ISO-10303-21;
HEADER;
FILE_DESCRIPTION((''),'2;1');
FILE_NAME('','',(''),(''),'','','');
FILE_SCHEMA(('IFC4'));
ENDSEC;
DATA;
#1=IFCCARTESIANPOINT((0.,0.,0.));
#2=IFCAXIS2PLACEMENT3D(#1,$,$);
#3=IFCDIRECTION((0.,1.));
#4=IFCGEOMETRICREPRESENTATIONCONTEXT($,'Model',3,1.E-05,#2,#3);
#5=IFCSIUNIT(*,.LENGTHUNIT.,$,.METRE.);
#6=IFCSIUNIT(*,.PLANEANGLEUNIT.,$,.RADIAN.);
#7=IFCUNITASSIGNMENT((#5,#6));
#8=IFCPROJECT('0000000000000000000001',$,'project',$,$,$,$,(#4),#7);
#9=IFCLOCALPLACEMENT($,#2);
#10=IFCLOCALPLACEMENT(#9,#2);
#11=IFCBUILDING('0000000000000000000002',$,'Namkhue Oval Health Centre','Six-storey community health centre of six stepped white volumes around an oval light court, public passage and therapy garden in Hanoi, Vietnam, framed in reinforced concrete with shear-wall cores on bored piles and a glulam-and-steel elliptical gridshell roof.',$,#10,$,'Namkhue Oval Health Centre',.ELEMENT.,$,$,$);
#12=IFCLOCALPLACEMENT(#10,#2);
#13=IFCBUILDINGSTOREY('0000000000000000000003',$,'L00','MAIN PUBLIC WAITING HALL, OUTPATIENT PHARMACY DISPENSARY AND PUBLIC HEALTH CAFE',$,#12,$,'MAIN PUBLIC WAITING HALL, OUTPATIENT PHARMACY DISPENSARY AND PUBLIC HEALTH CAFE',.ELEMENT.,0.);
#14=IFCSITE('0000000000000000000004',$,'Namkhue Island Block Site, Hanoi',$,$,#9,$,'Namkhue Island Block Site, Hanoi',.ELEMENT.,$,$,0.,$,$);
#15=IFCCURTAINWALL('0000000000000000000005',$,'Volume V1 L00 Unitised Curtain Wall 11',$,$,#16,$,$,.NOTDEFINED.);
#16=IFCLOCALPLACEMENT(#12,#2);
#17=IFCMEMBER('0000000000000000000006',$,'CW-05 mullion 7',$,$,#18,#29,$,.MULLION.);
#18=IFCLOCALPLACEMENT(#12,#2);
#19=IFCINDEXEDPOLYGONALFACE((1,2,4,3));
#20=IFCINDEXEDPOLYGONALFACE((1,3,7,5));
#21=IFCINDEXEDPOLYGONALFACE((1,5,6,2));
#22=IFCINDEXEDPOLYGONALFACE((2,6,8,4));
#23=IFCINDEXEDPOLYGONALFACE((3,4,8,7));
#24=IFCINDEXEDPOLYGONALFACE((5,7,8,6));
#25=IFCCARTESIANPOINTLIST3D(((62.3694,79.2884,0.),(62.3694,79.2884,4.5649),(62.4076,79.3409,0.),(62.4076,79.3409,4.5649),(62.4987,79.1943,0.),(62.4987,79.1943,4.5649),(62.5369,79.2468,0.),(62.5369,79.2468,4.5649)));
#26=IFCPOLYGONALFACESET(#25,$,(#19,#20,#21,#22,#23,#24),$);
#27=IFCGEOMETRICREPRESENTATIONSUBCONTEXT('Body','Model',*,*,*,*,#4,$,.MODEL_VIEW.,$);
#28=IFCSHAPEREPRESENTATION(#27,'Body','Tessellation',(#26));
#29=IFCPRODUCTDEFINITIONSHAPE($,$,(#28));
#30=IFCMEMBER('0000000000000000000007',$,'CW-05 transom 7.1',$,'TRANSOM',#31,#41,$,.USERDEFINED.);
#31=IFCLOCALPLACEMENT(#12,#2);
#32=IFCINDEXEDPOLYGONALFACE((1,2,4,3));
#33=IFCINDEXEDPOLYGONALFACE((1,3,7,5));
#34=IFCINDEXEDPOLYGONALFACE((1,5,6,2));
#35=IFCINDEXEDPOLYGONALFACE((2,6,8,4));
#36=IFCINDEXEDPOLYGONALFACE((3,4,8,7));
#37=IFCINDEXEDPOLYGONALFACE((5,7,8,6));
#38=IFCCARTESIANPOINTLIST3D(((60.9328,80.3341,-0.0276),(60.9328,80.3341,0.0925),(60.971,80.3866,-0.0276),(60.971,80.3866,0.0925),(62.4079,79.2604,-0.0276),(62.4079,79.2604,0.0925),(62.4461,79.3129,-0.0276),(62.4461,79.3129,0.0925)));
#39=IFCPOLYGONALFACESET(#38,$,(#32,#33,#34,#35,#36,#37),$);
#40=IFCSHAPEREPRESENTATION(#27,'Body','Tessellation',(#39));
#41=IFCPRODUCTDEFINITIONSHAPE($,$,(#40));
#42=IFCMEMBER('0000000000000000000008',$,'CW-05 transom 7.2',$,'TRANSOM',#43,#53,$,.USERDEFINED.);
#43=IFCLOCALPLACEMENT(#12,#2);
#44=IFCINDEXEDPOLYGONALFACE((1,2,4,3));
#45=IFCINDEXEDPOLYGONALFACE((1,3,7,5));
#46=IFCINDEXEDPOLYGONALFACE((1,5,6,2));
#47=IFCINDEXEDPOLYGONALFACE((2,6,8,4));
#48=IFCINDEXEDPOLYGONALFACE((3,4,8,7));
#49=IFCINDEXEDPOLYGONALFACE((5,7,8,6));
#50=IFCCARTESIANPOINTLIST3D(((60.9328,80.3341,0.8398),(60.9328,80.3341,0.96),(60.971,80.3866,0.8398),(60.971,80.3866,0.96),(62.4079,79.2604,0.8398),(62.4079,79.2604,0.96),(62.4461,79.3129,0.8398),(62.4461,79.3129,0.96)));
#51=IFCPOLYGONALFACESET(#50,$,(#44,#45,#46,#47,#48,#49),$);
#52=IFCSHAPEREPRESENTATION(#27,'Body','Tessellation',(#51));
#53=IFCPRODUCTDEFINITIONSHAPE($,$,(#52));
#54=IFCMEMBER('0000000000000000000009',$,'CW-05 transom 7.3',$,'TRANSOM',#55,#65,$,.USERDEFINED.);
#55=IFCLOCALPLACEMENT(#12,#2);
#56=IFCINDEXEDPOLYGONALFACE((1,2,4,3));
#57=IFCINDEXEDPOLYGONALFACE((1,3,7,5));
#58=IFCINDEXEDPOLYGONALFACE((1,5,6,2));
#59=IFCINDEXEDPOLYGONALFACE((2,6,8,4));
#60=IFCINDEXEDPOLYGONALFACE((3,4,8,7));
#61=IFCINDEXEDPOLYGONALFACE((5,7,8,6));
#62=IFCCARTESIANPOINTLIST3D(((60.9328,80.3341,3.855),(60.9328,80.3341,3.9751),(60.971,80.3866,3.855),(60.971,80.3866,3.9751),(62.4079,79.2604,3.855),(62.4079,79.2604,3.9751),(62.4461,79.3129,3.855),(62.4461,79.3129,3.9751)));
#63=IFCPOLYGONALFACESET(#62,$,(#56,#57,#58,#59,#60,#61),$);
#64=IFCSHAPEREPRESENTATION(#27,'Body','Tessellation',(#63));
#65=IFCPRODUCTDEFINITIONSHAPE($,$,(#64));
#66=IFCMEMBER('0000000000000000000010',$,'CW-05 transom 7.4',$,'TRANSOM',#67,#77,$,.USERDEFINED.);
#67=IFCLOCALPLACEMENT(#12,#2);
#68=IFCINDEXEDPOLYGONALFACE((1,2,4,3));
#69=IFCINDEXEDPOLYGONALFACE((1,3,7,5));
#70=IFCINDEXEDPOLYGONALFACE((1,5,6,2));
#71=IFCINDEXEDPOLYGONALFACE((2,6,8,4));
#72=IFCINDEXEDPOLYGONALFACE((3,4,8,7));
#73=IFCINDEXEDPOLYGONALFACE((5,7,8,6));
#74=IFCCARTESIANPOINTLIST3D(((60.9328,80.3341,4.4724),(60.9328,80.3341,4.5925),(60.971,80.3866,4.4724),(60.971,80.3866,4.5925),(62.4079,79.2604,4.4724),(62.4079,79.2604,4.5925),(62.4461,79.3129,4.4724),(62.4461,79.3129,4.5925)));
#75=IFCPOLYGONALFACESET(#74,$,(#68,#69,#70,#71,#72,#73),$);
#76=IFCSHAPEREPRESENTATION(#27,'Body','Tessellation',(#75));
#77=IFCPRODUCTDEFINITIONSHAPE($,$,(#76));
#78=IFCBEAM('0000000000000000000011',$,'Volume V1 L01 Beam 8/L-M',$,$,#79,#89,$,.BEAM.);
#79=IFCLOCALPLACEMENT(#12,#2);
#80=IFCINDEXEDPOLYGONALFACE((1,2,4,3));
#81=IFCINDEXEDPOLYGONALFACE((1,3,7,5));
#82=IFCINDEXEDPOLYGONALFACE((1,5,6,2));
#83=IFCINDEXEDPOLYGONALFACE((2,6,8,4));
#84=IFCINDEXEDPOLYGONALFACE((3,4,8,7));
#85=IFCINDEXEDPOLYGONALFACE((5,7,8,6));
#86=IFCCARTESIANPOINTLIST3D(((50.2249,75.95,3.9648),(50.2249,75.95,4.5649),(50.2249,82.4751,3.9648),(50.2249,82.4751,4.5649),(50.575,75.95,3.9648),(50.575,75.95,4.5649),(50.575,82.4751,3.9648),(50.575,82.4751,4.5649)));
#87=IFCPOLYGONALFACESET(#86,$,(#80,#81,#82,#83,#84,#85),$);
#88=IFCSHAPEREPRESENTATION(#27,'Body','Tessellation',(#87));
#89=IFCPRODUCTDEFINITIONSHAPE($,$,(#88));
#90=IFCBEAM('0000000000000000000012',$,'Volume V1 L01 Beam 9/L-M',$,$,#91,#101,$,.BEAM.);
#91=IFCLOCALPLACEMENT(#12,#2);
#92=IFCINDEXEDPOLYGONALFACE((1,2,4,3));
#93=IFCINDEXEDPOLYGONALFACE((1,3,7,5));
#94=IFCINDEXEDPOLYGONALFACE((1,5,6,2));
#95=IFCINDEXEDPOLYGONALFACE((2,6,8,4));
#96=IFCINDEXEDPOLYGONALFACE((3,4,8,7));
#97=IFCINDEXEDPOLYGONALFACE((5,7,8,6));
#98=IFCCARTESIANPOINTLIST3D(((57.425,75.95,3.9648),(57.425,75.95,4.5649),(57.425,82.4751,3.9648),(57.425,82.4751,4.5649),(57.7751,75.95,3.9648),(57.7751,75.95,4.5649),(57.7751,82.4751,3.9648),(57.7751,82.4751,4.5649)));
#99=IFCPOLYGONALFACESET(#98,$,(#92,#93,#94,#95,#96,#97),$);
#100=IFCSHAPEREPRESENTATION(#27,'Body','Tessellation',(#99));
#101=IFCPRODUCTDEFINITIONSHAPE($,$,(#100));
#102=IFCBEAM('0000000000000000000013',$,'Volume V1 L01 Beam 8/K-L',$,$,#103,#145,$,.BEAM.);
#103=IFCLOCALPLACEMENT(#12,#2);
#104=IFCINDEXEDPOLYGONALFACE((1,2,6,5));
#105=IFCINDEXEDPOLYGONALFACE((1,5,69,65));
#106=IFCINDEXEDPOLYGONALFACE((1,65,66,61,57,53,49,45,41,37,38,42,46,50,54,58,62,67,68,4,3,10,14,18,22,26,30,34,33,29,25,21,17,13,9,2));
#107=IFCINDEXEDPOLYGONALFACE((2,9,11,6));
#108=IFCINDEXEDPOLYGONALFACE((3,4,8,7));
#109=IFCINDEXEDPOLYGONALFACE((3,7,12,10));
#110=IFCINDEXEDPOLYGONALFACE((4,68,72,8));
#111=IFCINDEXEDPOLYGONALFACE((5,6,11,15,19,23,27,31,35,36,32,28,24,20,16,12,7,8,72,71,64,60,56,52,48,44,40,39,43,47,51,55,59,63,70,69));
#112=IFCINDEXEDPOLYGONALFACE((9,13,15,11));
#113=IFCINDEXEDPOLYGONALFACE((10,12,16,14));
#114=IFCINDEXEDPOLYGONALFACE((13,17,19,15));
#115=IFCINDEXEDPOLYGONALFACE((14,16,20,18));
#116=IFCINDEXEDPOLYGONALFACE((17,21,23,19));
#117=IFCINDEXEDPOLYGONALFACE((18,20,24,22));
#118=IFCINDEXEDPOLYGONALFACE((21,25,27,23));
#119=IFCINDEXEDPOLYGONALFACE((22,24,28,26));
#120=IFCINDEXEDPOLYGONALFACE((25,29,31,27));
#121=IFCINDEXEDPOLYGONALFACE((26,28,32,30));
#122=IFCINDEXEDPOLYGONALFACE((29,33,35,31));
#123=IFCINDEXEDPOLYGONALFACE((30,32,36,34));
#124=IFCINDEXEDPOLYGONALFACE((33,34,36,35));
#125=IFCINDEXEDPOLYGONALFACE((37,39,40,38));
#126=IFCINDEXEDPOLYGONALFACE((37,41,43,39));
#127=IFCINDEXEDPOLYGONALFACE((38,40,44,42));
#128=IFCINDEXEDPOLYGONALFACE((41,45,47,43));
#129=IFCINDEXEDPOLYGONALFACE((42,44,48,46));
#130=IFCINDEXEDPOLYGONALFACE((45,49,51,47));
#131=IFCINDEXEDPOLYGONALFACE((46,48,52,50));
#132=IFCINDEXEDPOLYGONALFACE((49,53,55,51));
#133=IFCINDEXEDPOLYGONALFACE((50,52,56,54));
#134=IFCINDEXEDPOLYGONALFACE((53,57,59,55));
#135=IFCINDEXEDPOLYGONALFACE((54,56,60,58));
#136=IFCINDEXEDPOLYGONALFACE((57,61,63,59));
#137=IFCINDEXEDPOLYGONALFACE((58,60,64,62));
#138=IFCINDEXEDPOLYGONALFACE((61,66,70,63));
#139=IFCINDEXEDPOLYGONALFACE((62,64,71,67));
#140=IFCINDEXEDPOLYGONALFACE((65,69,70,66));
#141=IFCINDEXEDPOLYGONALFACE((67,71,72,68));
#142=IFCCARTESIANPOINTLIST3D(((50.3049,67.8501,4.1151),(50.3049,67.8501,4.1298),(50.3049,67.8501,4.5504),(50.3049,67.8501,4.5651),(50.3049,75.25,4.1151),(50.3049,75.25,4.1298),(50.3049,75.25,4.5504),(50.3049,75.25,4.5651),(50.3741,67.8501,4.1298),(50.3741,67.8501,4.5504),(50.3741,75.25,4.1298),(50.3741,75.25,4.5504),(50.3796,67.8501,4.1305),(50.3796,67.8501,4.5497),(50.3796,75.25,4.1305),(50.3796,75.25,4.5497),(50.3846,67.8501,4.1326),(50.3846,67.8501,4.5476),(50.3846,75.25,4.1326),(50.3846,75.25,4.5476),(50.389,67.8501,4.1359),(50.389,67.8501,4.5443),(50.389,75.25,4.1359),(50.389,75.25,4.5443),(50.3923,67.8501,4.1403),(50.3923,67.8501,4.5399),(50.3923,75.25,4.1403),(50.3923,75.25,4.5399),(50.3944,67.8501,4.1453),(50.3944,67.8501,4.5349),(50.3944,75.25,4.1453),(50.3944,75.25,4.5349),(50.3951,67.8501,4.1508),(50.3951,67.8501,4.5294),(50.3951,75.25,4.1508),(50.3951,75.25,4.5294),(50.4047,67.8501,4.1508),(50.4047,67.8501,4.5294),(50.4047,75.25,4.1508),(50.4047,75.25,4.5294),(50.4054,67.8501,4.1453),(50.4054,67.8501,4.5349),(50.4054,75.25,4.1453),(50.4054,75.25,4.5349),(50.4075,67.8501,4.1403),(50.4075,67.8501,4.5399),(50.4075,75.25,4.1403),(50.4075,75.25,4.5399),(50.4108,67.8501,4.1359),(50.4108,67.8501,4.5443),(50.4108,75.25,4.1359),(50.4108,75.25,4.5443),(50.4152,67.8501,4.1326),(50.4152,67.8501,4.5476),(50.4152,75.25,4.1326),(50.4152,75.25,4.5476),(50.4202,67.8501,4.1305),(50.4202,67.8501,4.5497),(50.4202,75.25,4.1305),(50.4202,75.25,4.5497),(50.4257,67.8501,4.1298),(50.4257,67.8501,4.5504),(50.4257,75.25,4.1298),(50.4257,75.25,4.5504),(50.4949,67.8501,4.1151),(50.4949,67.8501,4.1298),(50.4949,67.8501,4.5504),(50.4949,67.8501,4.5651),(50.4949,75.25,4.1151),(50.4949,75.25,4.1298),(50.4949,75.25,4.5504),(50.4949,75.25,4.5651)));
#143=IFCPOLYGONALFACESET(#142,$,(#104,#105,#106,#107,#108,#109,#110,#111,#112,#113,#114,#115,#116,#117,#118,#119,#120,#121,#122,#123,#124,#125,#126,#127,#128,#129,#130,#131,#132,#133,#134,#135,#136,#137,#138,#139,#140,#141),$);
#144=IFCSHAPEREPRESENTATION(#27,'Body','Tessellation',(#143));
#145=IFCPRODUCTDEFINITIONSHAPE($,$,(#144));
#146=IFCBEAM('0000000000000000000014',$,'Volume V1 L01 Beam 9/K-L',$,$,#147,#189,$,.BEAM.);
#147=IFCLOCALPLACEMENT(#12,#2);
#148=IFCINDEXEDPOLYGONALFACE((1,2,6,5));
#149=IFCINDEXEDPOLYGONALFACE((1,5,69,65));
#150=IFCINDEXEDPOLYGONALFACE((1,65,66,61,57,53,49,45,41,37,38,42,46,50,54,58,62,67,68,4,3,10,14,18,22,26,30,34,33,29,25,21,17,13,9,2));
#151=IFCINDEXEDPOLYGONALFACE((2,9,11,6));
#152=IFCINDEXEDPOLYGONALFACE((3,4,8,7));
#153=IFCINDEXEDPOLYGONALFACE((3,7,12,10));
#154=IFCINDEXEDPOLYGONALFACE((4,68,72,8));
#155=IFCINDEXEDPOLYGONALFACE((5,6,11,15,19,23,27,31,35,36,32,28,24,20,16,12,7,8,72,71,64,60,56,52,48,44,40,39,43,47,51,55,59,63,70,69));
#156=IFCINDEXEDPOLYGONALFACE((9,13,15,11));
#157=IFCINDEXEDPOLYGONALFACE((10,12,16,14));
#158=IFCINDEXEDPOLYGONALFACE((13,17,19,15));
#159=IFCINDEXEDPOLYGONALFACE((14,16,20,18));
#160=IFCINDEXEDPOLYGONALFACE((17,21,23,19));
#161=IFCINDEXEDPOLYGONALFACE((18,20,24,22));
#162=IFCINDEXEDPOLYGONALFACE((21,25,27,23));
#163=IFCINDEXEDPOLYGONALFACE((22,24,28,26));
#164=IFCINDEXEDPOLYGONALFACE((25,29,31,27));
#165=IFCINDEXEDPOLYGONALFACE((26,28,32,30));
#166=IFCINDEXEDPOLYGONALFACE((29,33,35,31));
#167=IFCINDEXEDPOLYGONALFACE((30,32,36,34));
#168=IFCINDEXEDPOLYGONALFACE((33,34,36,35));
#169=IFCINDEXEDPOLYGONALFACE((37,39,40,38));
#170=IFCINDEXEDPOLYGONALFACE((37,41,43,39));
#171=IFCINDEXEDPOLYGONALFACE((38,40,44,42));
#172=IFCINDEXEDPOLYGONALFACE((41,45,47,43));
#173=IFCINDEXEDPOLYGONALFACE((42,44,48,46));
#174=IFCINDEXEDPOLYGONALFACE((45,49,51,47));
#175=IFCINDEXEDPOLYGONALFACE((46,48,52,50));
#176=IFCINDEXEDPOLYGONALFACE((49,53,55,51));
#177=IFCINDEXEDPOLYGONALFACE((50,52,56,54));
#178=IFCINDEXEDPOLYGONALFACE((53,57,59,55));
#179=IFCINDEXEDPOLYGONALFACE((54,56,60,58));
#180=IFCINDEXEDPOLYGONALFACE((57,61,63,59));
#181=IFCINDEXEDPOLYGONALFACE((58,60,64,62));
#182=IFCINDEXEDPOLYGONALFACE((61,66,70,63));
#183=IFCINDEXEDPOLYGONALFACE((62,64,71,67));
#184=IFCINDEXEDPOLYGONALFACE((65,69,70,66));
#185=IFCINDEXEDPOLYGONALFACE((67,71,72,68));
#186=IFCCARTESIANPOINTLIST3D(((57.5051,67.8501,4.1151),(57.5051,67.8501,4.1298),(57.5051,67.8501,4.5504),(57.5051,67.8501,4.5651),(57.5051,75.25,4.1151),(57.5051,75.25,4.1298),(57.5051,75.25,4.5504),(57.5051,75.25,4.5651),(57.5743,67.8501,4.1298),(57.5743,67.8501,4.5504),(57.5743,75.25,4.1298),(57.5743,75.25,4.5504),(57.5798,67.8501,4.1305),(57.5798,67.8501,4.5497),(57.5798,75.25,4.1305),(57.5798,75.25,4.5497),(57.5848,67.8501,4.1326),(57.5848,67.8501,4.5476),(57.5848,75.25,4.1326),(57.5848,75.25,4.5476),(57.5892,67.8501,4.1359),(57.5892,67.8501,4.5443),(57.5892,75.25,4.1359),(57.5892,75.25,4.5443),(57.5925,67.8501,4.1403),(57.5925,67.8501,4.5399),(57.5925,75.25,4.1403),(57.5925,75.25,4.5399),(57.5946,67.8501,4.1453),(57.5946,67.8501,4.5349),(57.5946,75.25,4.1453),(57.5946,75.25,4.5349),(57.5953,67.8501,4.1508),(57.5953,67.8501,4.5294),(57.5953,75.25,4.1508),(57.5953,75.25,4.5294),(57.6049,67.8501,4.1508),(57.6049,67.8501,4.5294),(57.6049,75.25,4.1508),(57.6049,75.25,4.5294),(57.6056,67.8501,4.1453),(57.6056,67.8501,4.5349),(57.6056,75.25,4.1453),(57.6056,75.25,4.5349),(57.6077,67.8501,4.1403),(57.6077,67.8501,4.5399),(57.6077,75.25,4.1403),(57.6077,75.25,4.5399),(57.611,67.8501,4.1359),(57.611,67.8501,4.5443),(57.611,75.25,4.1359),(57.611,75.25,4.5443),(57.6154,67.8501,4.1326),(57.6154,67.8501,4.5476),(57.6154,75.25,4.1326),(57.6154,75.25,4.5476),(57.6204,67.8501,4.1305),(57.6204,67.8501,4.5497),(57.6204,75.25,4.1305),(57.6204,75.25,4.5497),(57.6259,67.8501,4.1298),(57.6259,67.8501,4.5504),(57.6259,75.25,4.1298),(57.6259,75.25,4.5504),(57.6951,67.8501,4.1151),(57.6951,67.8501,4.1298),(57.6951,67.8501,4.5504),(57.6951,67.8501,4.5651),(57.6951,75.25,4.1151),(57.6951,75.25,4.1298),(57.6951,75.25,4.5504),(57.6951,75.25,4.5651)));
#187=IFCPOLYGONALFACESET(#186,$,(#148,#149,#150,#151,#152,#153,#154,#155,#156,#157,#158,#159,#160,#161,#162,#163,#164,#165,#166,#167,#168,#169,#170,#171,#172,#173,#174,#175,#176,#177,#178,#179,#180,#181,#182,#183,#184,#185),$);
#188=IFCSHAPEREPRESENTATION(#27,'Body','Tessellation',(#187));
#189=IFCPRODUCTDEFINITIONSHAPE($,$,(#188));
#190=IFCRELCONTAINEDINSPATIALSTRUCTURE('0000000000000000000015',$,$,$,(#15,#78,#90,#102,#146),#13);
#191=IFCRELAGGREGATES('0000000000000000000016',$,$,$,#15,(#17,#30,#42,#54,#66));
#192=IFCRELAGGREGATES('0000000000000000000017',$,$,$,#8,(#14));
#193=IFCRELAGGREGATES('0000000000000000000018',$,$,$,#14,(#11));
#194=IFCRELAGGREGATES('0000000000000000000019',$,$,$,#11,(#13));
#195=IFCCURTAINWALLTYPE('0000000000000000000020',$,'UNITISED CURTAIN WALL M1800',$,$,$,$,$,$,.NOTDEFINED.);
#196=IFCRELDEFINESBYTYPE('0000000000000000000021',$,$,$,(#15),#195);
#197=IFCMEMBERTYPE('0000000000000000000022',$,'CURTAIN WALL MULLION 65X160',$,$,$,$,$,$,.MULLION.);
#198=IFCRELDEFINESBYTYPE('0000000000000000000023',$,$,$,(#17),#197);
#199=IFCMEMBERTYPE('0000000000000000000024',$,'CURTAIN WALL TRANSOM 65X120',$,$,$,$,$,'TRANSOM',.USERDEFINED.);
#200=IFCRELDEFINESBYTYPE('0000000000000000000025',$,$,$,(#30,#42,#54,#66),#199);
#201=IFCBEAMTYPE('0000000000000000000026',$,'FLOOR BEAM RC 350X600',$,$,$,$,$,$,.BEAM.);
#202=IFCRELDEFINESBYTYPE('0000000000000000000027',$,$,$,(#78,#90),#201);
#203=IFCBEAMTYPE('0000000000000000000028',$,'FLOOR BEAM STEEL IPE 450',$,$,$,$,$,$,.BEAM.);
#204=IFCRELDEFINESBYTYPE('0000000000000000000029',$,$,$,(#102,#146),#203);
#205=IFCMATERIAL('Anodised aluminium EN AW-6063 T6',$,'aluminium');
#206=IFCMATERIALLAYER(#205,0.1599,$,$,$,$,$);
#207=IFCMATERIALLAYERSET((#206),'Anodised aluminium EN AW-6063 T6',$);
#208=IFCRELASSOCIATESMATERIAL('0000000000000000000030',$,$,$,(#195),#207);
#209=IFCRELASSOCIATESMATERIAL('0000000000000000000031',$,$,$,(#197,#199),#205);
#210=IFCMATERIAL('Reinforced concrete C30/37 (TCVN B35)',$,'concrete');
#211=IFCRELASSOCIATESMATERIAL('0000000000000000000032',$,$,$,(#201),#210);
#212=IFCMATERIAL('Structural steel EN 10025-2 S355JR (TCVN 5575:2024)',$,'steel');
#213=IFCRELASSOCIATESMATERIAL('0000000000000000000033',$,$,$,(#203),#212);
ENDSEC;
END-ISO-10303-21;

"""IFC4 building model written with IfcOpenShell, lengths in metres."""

from ifc_helpers import new_model, si_unit, direction, frame, origin, origin_2d, place, context, subcontext, project, spatial, rectangle, i_section, extrude, material, layer, layer_set, material_profile, profile_set, type_object, element, aggregate, save


model = new_model("IFC4")

# Units and contexts
model_context = context("Model", 3, precision=1e-05, world=origin(), true_north=direction((0.0, 1.0)))
body_context = subcontext(model_context, "Body", "Model", "MODEL_VIEW")
ifc_project = project(units=[si_unit("LENGTHUNIT", "METRE"), si_unit("PLANEANGLEUNIT", "RADIAN")], contexts=[model_context])

# Site, building, storey
site_placement = place(None, origin())
site = spatial("IfcSite", under=ifc_project, at=site_placement, Name="Namkhue Island Block Site, Hanoi", LongName="Namkhue Island Block Site, Hanoi", CompositionType="ELEMENT", RefElevation=0.0)
building_placement = place(site_placement, origin())
building = spatial("IfcBuilding", under=site, at=building_placement, Name="Namkhue Oval Health Centre", Description="Six-storey community health centre of six stepped white volumes around an oval light court, public passage and therapy garden in Hanoi, Vietnam, framed in reinforced concrete with shear-wall cores on bored piles and a glulam-and-steel elliptical gridshell roof.", LongName="Namkhue Oval Health Centre", CompositionType="ELEMENT")
storey_placement = place(building_placement, origin())
storey = spatial("IfcBuildingStorey", under=building, at=storey_placement, Name="L00", Description="MAIN PUBLIC WAITING HALL, OUTPATIENT PHARMACY DISPENSARY AND PUBLIC HEALTH CAFE", LongName="MAIN PUBLIC WAITING HALL, OUTPATIENT PHARMACY DISPENSARY AND PUBLIC HEALTH CAFE", CompositionType="ELEMENT", Elevation=0.0)

# Shared definitions
ifc_material_1 = material(Name="Reinforced concrete C30/37 (TCVN B35)", Category="concrete")

# Curtain wall, members
ifc_material_2 = material(Name="Anodised aluminium EN AW-6063 T6", Category="aluminium")
ifc_layer_1 = layer(ifc_material_2, 0.1599)
ifc_layer_set_1 = layer_set([ifc_layer_1], Name="Anodised aluminium EN AW-6063 T6")
curtain_wall_type = type_object("IfcCurtainWallType", Name="UNITISED CURTAIN WALL M1800", PredefinedType="NOTDEFINED", material=ifc_layer_set_1)
curtain_wall_placement = place(storey_placement, origin())
curtain_wall = element("IfcCurtainWall", 1, at=curtain_wall_placement, inside=storey, type_object=curtain_wall_type, Name="Volume V1 L00 Unitised Curtain Wall 11", PredefinedType="NOTDEFINED")
ifc_material_profile_1 = material_profile(ifc_material_2, rectangle(XDim=0.0649, YDim=0.1599, at=origin_2d()), Name="ALU 65x160")
ifc_profile_set_1 = profile_set([ifc_material_profile_1], Name="Anodised aluminium EN AW-6063 T6")
member_type_1 = type_object("IfcMemberType", Name="CURTAIN WALL MULLION 65X160", PredefinedType="MULLION", material=ifc_profile_set_1)
member_1_placement = place(storey_placement, frame((62.4531, 79.2676, 0.0), z_axis=(0.0, 0.0, 1.0), x_axis=(-0.588477, -0.808514, 0.0)))
member_1 = element("IfcMember", 2, at=member_1_placement, type_object=member_type_1, Name="CW-05 mullion 7", PredefinedType="MULLION", context=body_context, shape_type="SweptSolid", body=[
    extrude(rectangle(XDim=0.0649, YDim=0.1599, at=origin_2d()), origin(), (0.0, 0.0, 1.0), 4.5649),
])
ifc_material_profile_2 = material_profile(ifc_material_2, rectangle(XDim=0.0649, YDim=0.1201, at=origin_2d()), Name="ALU 65x120")
ifc_profile_set_2 = profile_set([ifc_material_profile_2], Name="Anodised aluminium EN AW-6063 T6")
member_type_2 = type_object("IfcMemberType", Name="CURTAIN WALL TRANSOM 65X120", ElementType="TRANSOM", PredefinedType="USERDEFINED", material=ifc_profile_set_2)
member_2_placement = place(storey_placement, frame((62.427, 79.2866, 0.0325), z_axis=(-0.808493, 0.588506, 0.0), x_axis=(-0.588506, -0.808493, 0.0)))
member_2 = element("IfcMember", 3, at=member_2_placement, type_object=member_type_2, Name="CW-05 transom 7.1", ObjectType="TRANSOM", PredefinedType="USERDEFINED", context=body_context, shape_type="SweptSolid", body=[
    extrude(rectangle(XDim=0.0649, YDim=0.1201, at=origin_2d()), origin(), (0.0, 0.0, 1.0), 1.8245),
])
member_3_placement = place(storey_placement, frame((62.427, 79.2866, 0.8999), z_axis=(-0.808493, 0.588506, 0.0), x_axis=(-0.588506, -0.808493, 0.0)))
member_3 = element("IfcMember", 4, at=member_3_placement, type_object=member_type_2, Name="CW-05 transom 7.2", ObjectType="TRANSOM", PredefinedType="USERDEFINED", context=body_context, shape_type="SweptSolid", body=[
    extrude(rectangle(XDim=0.0649, YDim=0.1201, at=origin_2d()), origin(), (0.0, 0.0, 1.0), 1.8245),
])
member_4_placement = place(storey_placement, frame((62.427, 79.2866, 3.915), z_axis=(-0.808493, 0.588506, 0.0), x_axis=(-0.588506, -0.808493, 0.0)))
member_4 = element("IfcMember", 5, at=member_4_placement, type_object=member_type_2, Name="CW-05 transom 7.3", ObjectType="TRANSOM", PredefinedType="USERDEFINED", context=body_context, shape_type="SweptSolid", body=[
    extrude(rectangle(XDim=0.0649, YDim=0.1201, at=origin_2d()), origin(), (0.0, 0.0, 1.0), 1.8245),
])
member_5_placement = place(storey_placement, frame((62.427, 79.2866, 4.5325), z_axis=(-0.808493, 0.588506, 0.0), x_axis=(-0.588506, -0.808493, 0.0)))
member_5 = element("IfcMember", 6, at=member_5_placement, type_object=member_type_2, Name="CW-05 transom 7.4", ObjectType="TRANSOM", PredefinedType="USERDEFINED", context=body_context, shape_type="SweptSolid", body=[
    extrude(rectangle(XDim=0.0649, YDim=0.1201, at=origin_2d()), origin(), (0.0, 0.0, 1.0), 1.8245),
])

# Beams
ifc_material_profile_3 = material_profile(ifc_material_1, rectangle(XDim=0.3501, YDim=0.6001, at=origin_2d()), Name="RC 350x600")
ifc_profile_set_3 = profile_set([ifc_material_profile_3], Name="Reinforced concrete C30/37 (TCVN B35)")
beam_type_1 = type_object("IfcBeamType", Name="FLOOR BEAM RC 350X600", PredefinedType="BEAM", material=ifc_profile_set_3)
for number, where, z_axis, x_axis, name in (
    (7, (50.3999, 75.95, 4.2649), (0.0, 1.0, 0.0), (-1.0, 0.0, 0.0), "Volume V1 L01 Beam 8/L-M"),
    (8, (57.6001, 75.95, 4.2649), (0.0, 1.0, 0.0), (-1.0, 0.0, 0.0), "Volume V1 L01 Beam 9/L-M"),
):
    element("IfcBeam", number, at=place(storey_placement, frame(where, z_axis=z_axis, x_axis=x_axis)), inside=storey, type_object=beam_type_1, Name=name, PredefinedType="BEAM", context=body_context, shape_type="SweptSolid", body=[
        extrude(rectangle(XDim=0.3501, YDim=0.6001, at=origin_2d()), origin(), (0.0, 0.0, 1.0), 6.5251),
    ])
ifc_material_3 = material(Name="Structural steel EN 10025-2 S355JR (TCVN 5575:2024)", Category="steel")
ifc_material_profile_4 = material_profile(ifc_material_3, i_section(OverallWidth=0.1899, OverallDepth=0.45, WebThickness=0.0095, FlangeThickness=0.0146, FilletRadius=0.021, at=origin_2d()), Name="IPE 450")
ifc_profile_set_4 = profile_set([ifc_material_profile_4], Name="Structural steel EN 10025-2 S355JR (TCVN 5575:2024)")
beam_type_2 = type_object("IfcBeamType", Name="FLOOR BEAM STEEL IPE 450", PredefinedType="BEAM", material=ifc_profile_set_4)
for number, where, z_axis, x_axis, name in (
    (9, (50.3999, 67.8501, 4.3401), (0.0, 1.0, 0.0), (-1.0, 0.0, 0.0), "Volume V1 L01 Beam 8/K-L"),
    (10, (57.6001, 67.8501, 4.3401), (0.0, 1.0, 0.0), (-1.0, 0.0, 0.0), "Volume V1 L01 Beam 9/K-L"),
):
    element("IfcBeam", number, at=place(storey_placement, frame(where, z_axis=z_axis, x_axis=x_axis)), inside=storey, type_object=beam_type_2, Name=name, PredefinedType="BEAM", context=body_context, shape_type="SweptSolid", body=[
        extrude(i_section(OverallWidth=0.1899, OverallDepth=0.45, WebThickness=0.0095, FlangeThickness=0.0146, FilletRadius=0.021, at=origin_2d()), origin(), (0.0, 0.0, 1.0), 7.3999),
    ])

aggregate(curtain_wall, [member_1, member_2, member_3, member_4, member_5])

save(model, "model.ifc")
